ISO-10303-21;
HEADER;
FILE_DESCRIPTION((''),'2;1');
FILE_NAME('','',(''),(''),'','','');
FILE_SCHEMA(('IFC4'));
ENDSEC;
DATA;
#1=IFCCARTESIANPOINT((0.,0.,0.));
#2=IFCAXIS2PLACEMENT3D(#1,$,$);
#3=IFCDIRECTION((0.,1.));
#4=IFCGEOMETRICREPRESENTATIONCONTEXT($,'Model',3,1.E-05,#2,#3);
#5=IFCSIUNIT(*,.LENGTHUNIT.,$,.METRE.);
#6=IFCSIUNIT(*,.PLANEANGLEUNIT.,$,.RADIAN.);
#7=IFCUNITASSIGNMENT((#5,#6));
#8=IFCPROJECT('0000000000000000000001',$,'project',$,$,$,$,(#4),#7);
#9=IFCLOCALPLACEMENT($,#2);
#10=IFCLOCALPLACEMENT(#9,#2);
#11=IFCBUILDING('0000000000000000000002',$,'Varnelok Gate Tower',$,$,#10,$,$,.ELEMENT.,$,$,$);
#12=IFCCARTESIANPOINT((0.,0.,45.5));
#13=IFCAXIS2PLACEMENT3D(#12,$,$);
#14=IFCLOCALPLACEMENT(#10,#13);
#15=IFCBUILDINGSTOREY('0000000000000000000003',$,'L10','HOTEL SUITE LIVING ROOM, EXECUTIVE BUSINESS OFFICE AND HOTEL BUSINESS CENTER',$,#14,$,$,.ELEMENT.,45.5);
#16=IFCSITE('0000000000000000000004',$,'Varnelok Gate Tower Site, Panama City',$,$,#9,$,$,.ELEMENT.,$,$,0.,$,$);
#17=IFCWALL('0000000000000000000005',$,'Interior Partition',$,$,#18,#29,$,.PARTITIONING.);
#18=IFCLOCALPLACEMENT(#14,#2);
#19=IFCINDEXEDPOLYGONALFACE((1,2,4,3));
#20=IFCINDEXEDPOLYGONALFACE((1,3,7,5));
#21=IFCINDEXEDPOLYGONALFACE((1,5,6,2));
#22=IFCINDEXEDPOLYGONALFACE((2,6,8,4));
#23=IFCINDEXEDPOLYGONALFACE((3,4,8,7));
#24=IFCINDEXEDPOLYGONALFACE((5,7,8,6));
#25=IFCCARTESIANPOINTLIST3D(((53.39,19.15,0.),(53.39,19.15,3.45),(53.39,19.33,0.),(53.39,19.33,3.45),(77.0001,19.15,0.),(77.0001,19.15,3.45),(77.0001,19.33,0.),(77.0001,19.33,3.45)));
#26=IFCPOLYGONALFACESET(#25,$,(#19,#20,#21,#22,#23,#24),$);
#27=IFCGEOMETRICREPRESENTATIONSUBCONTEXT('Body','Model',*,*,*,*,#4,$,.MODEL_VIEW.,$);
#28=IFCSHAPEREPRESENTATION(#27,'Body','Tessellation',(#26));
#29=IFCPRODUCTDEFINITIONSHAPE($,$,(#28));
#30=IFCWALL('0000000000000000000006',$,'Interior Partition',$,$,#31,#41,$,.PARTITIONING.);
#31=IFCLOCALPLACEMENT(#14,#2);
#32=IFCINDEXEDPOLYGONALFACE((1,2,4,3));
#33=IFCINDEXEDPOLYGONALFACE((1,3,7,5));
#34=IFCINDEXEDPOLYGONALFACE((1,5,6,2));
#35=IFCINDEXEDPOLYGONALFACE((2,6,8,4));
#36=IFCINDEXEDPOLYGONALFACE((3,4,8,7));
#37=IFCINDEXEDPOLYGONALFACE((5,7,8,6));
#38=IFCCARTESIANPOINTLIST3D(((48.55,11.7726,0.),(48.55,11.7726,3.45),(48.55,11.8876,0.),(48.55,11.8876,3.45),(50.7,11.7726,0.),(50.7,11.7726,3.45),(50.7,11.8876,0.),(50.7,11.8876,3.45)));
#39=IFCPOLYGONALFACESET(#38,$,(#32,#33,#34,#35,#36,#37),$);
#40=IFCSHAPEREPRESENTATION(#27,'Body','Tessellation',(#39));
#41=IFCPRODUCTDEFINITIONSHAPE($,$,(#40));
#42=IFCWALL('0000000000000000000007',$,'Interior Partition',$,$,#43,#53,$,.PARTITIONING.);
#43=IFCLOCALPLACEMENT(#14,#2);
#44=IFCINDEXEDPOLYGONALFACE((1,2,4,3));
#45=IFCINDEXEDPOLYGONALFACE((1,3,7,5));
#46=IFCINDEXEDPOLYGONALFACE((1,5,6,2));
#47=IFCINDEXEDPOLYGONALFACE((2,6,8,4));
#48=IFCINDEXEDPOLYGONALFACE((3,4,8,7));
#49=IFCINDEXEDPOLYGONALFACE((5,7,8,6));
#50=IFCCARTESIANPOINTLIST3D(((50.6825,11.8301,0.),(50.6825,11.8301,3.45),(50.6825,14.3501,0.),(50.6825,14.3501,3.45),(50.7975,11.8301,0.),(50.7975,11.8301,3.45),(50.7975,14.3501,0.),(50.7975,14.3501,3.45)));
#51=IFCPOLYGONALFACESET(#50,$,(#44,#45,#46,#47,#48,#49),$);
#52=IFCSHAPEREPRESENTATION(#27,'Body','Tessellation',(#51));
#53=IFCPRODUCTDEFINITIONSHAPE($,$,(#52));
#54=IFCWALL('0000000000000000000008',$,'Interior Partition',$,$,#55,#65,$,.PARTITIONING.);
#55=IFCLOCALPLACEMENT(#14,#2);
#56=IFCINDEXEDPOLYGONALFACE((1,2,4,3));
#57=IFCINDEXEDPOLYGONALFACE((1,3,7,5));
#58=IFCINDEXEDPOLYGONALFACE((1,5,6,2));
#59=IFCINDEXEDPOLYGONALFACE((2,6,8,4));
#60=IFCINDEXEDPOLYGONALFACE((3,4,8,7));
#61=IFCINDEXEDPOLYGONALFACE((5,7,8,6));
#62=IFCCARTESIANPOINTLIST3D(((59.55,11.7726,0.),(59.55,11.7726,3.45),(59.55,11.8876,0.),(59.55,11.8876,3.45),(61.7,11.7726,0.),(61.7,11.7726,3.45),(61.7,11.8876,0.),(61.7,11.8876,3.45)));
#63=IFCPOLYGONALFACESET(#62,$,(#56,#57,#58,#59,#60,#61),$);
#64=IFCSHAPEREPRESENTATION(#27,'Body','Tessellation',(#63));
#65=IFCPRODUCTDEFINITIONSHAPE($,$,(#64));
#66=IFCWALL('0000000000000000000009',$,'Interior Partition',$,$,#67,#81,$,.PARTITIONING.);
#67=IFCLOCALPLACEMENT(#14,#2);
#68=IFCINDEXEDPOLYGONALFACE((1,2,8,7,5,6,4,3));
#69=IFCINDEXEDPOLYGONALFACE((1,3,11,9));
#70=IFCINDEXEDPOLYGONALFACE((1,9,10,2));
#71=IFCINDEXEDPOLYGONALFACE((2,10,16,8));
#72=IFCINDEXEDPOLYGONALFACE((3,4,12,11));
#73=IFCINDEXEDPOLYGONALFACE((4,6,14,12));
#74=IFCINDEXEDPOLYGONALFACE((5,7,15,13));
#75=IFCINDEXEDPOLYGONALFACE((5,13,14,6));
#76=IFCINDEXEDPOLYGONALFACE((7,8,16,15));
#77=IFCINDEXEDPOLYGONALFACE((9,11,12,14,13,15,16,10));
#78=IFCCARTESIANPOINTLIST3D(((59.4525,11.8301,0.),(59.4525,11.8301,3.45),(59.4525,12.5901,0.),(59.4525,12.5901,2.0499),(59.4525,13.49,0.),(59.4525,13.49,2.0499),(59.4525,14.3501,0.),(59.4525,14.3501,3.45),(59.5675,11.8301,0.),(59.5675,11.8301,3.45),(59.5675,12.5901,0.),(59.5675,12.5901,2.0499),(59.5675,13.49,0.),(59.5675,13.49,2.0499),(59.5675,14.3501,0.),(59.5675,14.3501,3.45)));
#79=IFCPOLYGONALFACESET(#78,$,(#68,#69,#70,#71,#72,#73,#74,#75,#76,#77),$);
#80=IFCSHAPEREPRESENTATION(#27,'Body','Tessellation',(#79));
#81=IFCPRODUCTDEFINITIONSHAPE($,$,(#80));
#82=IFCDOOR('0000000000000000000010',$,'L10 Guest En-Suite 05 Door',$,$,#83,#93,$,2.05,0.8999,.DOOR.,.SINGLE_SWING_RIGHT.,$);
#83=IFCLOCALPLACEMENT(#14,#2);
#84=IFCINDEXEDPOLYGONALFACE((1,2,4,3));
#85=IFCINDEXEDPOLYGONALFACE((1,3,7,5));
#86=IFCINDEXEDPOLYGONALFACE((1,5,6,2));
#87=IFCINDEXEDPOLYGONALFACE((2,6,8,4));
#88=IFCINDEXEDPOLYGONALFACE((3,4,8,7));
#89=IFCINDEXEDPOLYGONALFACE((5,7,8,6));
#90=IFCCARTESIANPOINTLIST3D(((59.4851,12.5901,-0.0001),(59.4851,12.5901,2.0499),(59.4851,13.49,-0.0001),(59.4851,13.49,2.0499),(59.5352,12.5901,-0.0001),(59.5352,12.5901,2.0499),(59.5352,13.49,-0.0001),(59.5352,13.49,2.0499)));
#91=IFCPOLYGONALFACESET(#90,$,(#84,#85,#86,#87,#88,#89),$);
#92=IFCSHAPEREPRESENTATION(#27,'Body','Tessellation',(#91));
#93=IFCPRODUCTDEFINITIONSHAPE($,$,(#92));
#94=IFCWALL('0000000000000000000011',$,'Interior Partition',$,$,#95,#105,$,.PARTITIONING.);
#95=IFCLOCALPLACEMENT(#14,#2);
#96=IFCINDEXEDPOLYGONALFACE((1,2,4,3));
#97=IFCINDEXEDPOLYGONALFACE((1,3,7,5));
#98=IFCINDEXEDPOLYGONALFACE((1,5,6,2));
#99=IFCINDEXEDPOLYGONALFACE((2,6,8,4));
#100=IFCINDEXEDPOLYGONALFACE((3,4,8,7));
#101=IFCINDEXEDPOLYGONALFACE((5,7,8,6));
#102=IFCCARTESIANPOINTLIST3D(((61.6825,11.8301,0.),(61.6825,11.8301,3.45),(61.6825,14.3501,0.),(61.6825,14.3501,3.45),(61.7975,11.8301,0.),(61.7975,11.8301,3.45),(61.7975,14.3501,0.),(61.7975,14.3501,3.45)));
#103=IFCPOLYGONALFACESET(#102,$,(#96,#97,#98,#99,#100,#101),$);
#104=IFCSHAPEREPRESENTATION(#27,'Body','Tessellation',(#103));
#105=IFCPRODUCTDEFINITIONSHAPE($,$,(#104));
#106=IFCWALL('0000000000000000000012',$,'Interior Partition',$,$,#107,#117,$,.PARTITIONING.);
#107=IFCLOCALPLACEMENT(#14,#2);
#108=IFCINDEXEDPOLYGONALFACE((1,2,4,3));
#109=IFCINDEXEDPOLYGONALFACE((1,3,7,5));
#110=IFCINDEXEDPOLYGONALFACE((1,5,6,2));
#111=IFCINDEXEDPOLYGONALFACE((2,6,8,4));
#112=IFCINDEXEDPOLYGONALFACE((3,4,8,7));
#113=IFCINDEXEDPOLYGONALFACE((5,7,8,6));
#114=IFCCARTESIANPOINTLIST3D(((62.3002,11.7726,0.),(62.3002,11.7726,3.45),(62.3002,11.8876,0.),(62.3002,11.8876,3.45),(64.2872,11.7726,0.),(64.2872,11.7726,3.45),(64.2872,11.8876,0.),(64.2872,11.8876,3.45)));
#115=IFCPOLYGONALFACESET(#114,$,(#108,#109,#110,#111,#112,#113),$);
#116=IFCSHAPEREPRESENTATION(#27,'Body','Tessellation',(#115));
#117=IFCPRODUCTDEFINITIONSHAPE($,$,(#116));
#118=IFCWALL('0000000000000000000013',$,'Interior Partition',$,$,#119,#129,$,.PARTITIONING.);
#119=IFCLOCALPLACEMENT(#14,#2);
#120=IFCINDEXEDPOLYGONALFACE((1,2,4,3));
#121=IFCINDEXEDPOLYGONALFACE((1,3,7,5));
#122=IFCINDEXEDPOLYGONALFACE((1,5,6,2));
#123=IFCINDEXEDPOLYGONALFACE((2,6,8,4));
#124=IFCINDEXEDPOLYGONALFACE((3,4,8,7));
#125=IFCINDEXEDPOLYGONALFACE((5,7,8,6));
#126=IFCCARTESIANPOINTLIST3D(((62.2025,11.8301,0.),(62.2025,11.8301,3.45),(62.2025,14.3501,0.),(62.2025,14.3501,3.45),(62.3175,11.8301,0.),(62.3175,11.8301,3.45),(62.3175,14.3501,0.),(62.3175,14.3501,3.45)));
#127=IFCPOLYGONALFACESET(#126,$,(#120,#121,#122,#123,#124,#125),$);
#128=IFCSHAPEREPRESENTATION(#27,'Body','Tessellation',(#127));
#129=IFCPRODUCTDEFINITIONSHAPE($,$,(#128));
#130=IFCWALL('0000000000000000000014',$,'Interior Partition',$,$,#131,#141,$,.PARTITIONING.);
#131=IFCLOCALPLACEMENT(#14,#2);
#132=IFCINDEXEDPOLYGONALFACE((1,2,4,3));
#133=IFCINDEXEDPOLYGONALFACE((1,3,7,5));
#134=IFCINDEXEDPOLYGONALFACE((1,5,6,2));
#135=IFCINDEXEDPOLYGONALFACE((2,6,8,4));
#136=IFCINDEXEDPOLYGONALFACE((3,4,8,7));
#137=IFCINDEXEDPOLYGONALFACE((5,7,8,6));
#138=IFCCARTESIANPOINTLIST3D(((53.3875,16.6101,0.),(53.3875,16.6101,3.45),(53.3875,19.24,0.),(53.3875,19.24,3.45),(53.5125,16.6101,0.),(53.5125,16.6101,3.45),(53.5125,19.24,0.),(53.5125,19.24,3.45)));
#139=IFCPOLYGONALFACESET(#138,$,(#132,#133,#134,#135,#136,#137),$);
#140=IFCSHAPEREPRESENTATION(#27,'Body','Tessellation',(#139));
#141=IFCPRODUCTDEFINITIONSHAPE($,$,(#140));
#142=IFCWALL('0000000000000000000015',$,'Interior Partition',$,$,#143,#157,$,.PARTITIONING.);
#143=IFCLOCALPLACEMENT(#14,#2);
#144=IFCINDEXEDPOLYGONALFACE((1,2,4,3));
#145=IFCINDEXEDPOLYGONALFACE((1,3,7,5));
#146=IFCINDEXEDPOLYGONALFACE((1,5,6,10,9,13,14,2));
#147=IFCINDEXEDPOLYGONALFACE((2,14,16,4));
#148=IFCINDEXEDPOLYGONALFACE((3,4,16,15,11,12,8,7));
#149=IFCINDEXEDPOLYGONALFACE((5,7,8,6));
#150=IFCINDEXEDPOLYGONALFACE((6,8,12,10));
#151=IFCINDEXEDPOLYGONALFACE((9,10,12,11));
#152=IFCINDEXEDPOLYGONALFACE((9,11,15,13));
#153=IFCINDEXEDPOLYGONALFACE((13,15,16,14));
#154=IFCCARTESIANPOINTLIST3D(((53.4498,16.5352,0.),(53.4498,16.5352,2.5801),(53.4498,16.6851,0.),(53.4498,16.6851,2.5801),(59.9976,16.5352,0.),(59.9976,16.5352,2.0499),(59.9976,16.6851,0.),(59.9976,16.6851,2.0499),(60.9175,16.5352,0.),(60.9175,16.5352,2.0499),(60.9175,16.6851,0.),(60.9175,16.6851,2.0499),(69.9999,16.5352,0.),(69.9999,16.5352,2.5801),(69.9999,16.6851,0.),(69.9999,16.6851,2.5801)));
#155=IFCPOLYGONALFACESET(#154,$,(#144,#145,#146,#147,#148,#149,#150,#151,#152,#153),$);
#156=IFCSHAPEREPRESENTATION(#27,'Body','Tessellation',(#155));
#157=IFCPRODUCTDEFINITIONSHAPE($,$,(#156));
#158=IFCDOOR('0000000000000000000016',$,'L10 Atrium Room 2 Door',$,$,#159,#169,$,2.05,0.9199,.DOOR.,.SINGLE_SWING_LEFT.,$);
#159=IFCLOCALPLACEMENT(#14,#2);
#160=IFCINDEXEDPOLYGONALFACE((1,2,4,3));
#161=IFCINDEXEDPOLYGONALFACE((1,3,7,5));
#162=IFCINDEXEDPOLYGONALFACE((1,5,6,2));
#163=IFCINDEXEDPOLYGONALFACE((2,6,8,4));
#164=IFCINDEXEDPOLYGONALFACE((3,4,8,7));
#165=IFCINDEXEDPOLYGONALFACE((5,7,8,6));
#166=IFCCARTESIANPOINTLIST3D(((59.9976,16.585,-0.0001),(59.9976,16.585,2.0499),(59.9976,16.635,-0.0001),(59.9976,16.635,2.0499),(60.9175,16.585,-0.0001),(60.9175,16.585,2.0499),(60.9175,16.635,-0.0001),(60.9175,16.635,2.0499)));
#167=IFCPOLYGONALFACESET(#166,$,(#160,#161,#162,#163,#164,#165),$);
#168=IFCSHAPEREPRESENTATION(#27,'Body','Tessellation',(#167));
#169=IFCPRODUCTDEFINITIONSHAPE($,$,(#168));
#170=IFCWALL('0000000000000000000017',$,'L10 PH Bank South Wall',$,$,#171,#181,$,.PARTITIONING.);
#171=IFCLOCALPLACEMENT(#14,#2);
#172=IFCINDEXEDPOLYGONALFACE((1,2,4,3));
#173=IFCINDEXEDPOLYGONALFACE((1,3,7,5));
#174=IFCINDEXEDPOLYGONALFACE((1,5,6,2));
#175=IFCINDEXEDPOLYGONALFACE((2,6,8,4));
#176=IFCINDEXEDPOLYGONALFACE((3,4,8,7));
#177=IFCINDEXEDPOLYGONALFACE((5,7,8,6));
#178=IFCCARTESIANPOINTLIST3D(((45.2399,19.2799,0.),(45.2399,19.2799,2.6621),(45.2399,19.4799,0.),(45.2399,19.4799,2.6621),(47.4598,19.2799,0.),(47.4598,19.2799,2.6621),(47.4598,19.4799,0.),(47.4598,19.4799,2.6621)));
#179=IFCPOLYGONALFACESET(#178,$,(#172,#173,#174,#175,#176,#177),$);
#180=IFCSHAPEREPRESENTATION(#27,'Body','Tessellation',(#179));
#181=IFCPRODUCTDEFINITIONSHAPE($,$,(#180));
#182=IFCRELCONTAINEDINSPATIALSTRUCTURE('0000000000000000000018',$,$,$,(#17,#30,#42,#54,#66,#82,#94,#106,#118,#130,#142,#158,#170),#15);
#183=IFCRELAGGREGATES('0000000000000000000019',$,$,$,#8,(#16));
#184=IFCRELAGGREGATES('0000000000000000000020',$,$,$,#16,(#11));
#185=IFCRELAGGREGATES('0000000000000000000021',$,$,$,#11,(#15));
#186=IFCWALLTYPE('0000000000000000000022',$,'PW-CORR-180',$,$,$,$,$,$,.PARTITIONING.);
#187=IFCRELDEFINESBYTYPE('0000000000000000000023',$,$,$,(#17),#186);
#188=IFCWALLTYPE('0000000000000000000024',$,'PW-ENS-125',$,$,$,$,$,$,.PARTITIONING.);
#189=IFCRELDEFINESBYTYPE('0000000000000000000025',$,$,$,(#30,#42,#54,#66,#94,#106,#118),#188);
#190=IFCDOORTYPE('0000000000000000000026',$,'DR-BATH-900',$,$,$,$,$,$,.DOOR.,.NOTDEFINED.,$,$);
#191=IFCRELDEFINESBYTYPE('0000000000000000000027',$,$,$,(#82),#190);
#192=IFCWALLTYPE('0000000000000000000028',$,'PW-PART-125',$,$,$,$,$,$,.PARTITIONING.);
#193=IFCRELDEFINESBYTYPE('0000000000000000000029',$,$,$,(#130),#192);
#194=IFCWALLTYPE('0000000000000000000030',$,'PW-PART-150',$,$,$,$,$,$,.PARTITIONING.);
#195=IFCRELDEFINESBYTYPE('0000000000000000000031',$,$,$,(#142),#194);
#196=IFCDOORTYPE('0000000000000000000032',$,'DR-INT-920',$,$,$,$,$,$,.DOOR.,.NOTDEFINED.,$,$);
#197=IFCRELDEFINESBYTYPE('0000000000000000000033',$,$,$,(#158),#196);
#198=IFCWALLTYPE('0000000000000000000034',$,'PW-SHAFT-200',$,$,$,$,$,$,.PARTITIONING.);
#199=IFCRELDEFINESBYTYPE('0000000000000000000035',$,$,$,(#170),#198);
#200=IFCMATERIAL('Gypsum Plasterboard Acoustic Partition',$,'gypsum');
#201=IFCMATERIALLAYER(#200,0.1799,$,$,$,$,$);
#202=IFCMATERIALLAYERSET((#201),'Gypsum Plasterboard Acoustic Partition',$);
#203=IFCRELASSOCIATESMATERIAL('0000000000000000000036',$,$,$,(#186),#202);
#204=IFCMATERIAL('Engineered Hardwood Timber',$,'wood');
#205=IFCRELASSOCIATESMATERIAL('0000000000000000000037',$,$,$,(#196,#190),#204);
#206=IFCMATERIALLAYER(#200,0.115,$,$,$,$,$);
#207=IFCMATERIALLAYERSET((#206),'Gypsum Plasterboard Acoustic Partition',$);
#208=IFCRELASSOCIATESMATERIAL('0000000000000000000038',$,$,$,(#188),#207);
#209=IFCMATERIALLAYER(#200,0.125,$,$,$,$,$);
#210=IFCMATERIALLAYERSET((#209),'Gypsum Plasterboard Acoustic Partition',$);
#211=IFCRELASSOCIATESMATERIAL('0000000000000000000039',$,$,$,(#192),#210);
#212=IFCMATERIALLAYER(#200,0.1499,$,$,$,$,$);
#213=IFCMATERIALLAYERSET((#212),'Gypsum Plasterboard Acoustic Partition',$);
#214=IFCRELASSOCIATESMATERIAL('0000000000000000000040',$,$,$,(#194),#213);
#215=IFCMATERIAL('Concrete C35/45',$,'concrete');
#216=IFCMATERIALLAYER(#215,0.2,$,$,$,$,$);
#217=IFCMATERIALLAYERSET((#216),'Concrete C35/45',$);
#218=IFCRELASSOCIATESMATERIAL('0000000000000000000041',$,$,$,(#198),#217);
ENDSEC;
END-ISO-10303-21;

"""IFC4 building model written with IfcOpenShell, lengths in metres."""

from ifc_helpers import new_model, si_unit, direction, frame, frame_2d, origin, place, context, subcontext, project, spatial, rectangle, extrude, material, layer, layer_set, type_object, element, fill, save


model = new_model("IFC4")

# Units and contexts
model_context = context("Model", 3, precision=1e-05, world=origin(), true_north=direction((0.0, 1.0)))
body_context = subcontext(model_context, "Body", "Model", "MODEL_VIEW")
ifc_project = project(units=[si_unit("LENGTHUNIT", "METRE"), si_unit("PLANEANGLEUNIT", "RADIAN")], contexts=[model_context])

# Site, building, storey
site_placement = place(None, origin())
site = spatial("IfcSite", under=ifc_project, at=site_placement, Name="Varnelok Gate Tower Site, Panama City", CompositionType="ELEMENT", RefElevation=0.0)
building_placement = place(site_placement, origin())
building = spatial("IfcBuilding", under=site, at=building_placement, Name="Varnelok Gate Tower", CompositionType="ELEMENT")
storey_placement = place(building_placement, frame((0.0, 0.0, 45.5)))
storey = spatial("IfcBuildingStorey", under=building, at=storey_placement, Name="L10", Description="HOTEL SUITE LIVING ROOM, EXECUTIVE BUSINESS OFFICE AND HOTEL BUSINESS CENTER", CompositionType="ELEMENT", Elevation=45.5)

# Shared definitions
ifc_material_1 = material(Name="Gypsum Plasterboard Acoustic Partition", Category="gypsum")
ifc_layer_1 = layer(ifc_material_1, 0.1799)
ifc_layer_set_1 = layer_set([ifc_layer_1], Name="Gypsum Plasterboard Acoustic Partition")
wall_type_1 = type_object("IfcWallType", Name="PW-CORR-180", PredefinedType="PARTITIONING", material=ifc_layer_set_1)
ifc_material_2 = material(Name="Engineered Hardwood Timber", Category="wood")
door_type_1 = type_object("IfcDoorType", Name="DR-INT-920", OperationType="NOTDEFINED", PredefinedType="DOOR", material=ifc_material_2)

# Walls
wall_1_placement = place(storey_placement, frame((53.3899, 19.24, 0.0), z_axis=(0.0, 0.0, 1.0), x_axis=(1.0, 0.0, 0.0)))
element("IfcWall", 1, at=wall_1_placement, inside=storey, type_object=wall_type_1, Name="Interior Partition", PredefinedType="PARTITIONING", context=body_context, shape_type="SweptSolid", body=[
    extrude(rectangle(XDim=23.6101, YDim=0.1799, at=frame_2d((11.8052, 0.0))), origin(), (0.0, 0.0, 1.0), 3.45),
])
ifc_layer_2 = layer(ifc_material_1, 0.115)
ifc_layer_set_2 = layer_set([ifc_layer_2], Name="Gypsum Plasterboard Acoustic Partition")
wall_type_2 = type_object("IfcWallType", Name="PW-ENS-125", PredefinedType="PARTITIONING", material=ifc_layer_set_2)
wall_2_placement = place(storey_placement, frame((48.55, 11.8301, 0.0), z_axis=(0.0, 0.0, 1.0), x_axis=(1.0, 0.0, 0.0)))
element("IfcWall", 2, at=wall_2_placement, inside=storey, type_object=wall_type_2, Name="Interior Partition", PredefinedType="PARTITIONING", context=body_context, shape_type="SweptSolid", body=[
    extrude(rectangle(XDim=2.1499, YDim=0.115, at=frame_2d((1.075, 0.0))), origin(), (0.0, 0.0, 1.0), 3.45),
])
wall_3_placement = place(storey_placement, frame((50.74, 11.8301, 0.0), z_axis=(0.0, 0.0, 1.0), x_axis=(0.0, 1.0, 0.0)))
element("IfcWall", 3, at=wall_3_placement, inside=storey, type_object=wall_type_2, Name="Interior Partition", PredefinedType="PARTITIONING", context=body_context, shape_type="SweptSolid", body=[
    extrude(rectangle(XDim=2.52, YDim=0.115, at=frame_2d((1.26, 0.0))), origin(), (0.0, 0.0, 1.0), 3.45),
])
wall_4_placement = place(storey_placement, frame((59.55, 11.8301, 0.0), z_axis=(0.0, 0.0, 1.0), x_axis=(1.0, 0.0, 0.0)))
element("IfcWall", 4, at=wall_4_placement, inside=storey, type_object=wall_type_2, Name="Interior Partition", PredefinedType="PARTITIONING", context=body_context, shape_type="SweptSolid", body=[
    extrude(rectangle(XDim=2.1499, YDim=0.115, at=frame_2d((1.075, 0.0))), origin(), (0.0, 0.0, 1.0), 3.45),
])

# Wall, opening, door
wall_5_placement = place(storey_placement, frame((59.51, 11.8301, 0.0), z_axis=(0.0, 0.0, 1.0), x_axis=(0.0, 1.0, 0.0)))
wall_5 = element("IfcWall", 5, at=wall_5_placement, inside=storey, type_object=wall_type_2, Name="Interior Partition", PredefinedType="PARTITIONING", context=body_context, shape_type="SweptSolid", body=[
    extrude(rectangle(XDim=2.52, YDim=0.115, at=frame_2d((1.26, 0.0))), origin(), (0.0, 0.0, 1.0), 3.45),
])
opening_1_placement = place(wall_5_placement, frame((0.76, 0.0, 0.0)))
opening_1 = element("IfcOpeningElement", 6, at=opening_1_placement, cuts=wall_5, PredefinedType="OPENING", context=body_context, shape_type="SweptSolid", body=[
    extrude(rectangle(XDim=0.8999, YDim=2.05, at=frame_2d((0.45, 1.0249))), frame((0.0, 0.0674, 0.0), z_axis=(0.0, -1.0, 0.0), x_axis=(1.0, 0.0, 0.0)), (0.0, 0.0, 1.0), 0.135),
])
door_type_2 = type_object("IfcDoorType", Name="DR-BATH-900", OperationType="NOTDEFINED", PredefinedType="DOOR", material=ifc_material_2)
door_1_placement = place(opening_1_placement, origin())
door_1 = element("IfcDoor", 7, at=door_1_placement, inside=storey, type_object=door_type_2, Name="L10 Guest En-Suite 05 Door", OperationType="SINGLE_SWING_RIGHT", OverallHeight=2.05, OverallWidth=0.8999, PredefinedType="DOOR", context=body_context, shape_type="SweptSolid", body=[
    extrude(rectangle(XDim=0.8999, YDim=2.05, at=frame_2d((0.45, 1.0249))), frame((0.0, 0.0249, 0.0), z_axis=(0.0, -1.0, 0.0), x_axis=(1.0, 0.0, 0.0)), (0.0, 0.0, 1.0), 0.05),
])
fill(opening_1, door_1)

# Walls
wall_6_placement = place(storey_placement, frame((61.74, 11.8301, 0.0), z_axis=(0.0, 0.0, 1.0), x_axis=(0.0, 1.0, 0.0)))
element("IfcWall", 8, at=wall_6_placement, inside=storey, type_object=wall_type_2, Name="Interior Partition", PredefinedType="PARTITIONING", context=body_context, shape_type="SweptSolid", body=[
    extrude(rectangle(XDim=2.52, YDim=0.115, at=frame_2d((1.26, 0.0))), origin(), (0.0, 0.0, 1.0), 3.45),
])
wall_7_placement = place(storey_placement, frame((62.3, 11.8301, 0.0), z_axis=(0.0, 0.0, 1.0), x_axis=(1.0, 0.0, 0.0)))
element("IfcWall", 9, at=wall_7_placement, inside=storey, type_object=wall_type_2, Name="Interior Partition", PredefinedType="PARTITIONING", context=body_context, shape_type="SweptSolid", body=[
    extrude(rectangle(XDim=1.9871, YDim=0.115, at=frame_2d((0.9937, 0.0))), origin(), (0.0, 0.0, 1.0), 3.45),
])
wall_8_placement = place(storey_placement, frame((62.26, 11.8301, 0.0), z_axis=(0.0, 0.0, 1.0), x_axis=(0.0, 1.0, 0.0)))
element("IfcWall", 10, at=wall_8_placement, inside=storey, type_object=wall_type_2, Name="Interior Partition", PredefinedType="PARTITIONING", context=body_context, shape_type="SweptSolid", body=[
    extrude(rectangle(XDim=2.52, YDim=0.115, at=frame_2d((1.26, 0.0))), origin(), (0.0, 0.0, 1.0), 3.45),
])
ifc_layer_3 = layer(ifc_material_1, 0.125)
ifc_layer_set_3 = layer_set([ifc_layer_3], Name="Gypsum Plasterboard Acoustic Partition")
wall_type_3 = type_object("IfcWallType", Name="PW-PART-125", PredefinedType="PARTITIONING", material=ifc_layer_set_3)
wall_9_placement = place(storey_placement, frame((53.45, 16.6101, 0.0), z_axis=(0.0, 0.0, 1.0), x_axis=(0.0, 1.0, 0.0)))
element("IfcWall", 11, at=wall_9_placement, inside=storey, type_object=wall_type_3, Name="Interior Partition", PredefinedType="PARTITIONING", context=body_context, shape_type="SweptSolid", body=[
    extrude(rectangle(XDim=2.6299, YDim=0.125, at=frame_2d((1.3149, 0.0))), origin(), (0.0, 0.0, 1.0), 3.45),
])

# Wall, opening, door
ifc_layer_4 = layer(ifc_material_1, 0.1499)
ifc_layer_set_4 = layer_set([ifc_layer_4], Name="Gypsum Plasterboard Acoustic Partition")
wall_type_4 = type_object("IfcWallType", Name="PW-PART-150", PredefinedType="PARTITIONING", material=ifc_layer_set_4)
wall_10_placement = place(storey_placement, frame((53.45, 16.6101, 0.0), z_axis=(0.0, 0.0, 1.0), x_axis=(1.0, 0.0, 0.0)))
wall_10 = element("IfcWall", 12, at=wall_10_placement, inside=storey, type_object=wall_type_4, Name="Interior Partition", PredefinedType="PARTITIONING", context=body_context, shape_type="SweptSolid", body=[
    extrude(rectangle(XDim=16.55, YDim=0.1499, at=frame_2d((8.2749, 0.0))), origin(), (0.0, 0.0, 1.0), 2.5801),
])
opening_2_placement = place(wall_10_placement, frame((6.5476, 0.0, 0.0)))
opening_2 = element("IfcOpeningElement", 13, at=opening_2_placement, cuts=wall_10, PredefinedType="OPENING", context=body_context, shape_type="SweptSolid", body=[
    extrude(rectangle(XDim=0.9199, YDim=2.05, at=frame_2d((0.46, 1.0249))), frame((0.0, 0.085, 0.0), z_axis=(0.0, -1.0, 0.0), x_axis=(1.0, 0.0, 0.0)), (0.0, 0.0, 1.0), 0.1699),
])
door_2_placement = place(opening_2_placement, origin())
door_2 = element("IfcDoor", 14, at=door_2_placement, inside=storey, type_object=door_type_1, Name="L10 Atrium Room 2 Door", OperationType="SINGLE_SWING_LEFT", OverallHeight=2.05, OverallWidth=0.9199, PredefinedType="DOOR", context=body_context, shape_type="SweptSolid", body=[
    extrude(rectangle(XDim=0.9199, YDim=2.05, at=frame_2d((0.46, 1.0249))), frame((0.0, 0.0249, 0.0), z_axis=(0.0, -1.0, 0.0), x_axis=(1.0, 0.0, 0.0)), (0.0, 0.0, 1.0), 0.05),
])
fill(opening_2, door_2)

# Wall
ifc_material_3 = material(Name="Concrete C35/45", Category="concrete")
ifc_layer_5 = layer(ifc_material_3, 0.2)
ifc_layer_set_5 = layer_set([ifc_layer_5], Name="Concrete C35/45")
wall_type_5 = type_object("IfcWallType", Name="PW-SHAFT-200", PredefinedType="PARTITIONING", material=ifc_layer_set_5)
wall_11_placement = place(storey_placement, frame((45.24, 19.3799, 0.0), z_axis=(0.0, 0.0, 1.0), x_axis=(1.0, 0.0, 0.0)))
element("IfcWall", 15, at=wall_11_placement, inside=storey, type_object=wall_type_5, Name="L10 PH Bank South Wall", PredefinedType="PARTITIONING", context=body_context, shape_type="SweptSolid", body=[
    extrude(rectangle(XDim=2.22, YDim=0.2, at=frame_2d((1.1099, 0.0))), origin(), (0.0, 0.0, 1.0), 2.6621),
])

save(model, "model.ifc")
